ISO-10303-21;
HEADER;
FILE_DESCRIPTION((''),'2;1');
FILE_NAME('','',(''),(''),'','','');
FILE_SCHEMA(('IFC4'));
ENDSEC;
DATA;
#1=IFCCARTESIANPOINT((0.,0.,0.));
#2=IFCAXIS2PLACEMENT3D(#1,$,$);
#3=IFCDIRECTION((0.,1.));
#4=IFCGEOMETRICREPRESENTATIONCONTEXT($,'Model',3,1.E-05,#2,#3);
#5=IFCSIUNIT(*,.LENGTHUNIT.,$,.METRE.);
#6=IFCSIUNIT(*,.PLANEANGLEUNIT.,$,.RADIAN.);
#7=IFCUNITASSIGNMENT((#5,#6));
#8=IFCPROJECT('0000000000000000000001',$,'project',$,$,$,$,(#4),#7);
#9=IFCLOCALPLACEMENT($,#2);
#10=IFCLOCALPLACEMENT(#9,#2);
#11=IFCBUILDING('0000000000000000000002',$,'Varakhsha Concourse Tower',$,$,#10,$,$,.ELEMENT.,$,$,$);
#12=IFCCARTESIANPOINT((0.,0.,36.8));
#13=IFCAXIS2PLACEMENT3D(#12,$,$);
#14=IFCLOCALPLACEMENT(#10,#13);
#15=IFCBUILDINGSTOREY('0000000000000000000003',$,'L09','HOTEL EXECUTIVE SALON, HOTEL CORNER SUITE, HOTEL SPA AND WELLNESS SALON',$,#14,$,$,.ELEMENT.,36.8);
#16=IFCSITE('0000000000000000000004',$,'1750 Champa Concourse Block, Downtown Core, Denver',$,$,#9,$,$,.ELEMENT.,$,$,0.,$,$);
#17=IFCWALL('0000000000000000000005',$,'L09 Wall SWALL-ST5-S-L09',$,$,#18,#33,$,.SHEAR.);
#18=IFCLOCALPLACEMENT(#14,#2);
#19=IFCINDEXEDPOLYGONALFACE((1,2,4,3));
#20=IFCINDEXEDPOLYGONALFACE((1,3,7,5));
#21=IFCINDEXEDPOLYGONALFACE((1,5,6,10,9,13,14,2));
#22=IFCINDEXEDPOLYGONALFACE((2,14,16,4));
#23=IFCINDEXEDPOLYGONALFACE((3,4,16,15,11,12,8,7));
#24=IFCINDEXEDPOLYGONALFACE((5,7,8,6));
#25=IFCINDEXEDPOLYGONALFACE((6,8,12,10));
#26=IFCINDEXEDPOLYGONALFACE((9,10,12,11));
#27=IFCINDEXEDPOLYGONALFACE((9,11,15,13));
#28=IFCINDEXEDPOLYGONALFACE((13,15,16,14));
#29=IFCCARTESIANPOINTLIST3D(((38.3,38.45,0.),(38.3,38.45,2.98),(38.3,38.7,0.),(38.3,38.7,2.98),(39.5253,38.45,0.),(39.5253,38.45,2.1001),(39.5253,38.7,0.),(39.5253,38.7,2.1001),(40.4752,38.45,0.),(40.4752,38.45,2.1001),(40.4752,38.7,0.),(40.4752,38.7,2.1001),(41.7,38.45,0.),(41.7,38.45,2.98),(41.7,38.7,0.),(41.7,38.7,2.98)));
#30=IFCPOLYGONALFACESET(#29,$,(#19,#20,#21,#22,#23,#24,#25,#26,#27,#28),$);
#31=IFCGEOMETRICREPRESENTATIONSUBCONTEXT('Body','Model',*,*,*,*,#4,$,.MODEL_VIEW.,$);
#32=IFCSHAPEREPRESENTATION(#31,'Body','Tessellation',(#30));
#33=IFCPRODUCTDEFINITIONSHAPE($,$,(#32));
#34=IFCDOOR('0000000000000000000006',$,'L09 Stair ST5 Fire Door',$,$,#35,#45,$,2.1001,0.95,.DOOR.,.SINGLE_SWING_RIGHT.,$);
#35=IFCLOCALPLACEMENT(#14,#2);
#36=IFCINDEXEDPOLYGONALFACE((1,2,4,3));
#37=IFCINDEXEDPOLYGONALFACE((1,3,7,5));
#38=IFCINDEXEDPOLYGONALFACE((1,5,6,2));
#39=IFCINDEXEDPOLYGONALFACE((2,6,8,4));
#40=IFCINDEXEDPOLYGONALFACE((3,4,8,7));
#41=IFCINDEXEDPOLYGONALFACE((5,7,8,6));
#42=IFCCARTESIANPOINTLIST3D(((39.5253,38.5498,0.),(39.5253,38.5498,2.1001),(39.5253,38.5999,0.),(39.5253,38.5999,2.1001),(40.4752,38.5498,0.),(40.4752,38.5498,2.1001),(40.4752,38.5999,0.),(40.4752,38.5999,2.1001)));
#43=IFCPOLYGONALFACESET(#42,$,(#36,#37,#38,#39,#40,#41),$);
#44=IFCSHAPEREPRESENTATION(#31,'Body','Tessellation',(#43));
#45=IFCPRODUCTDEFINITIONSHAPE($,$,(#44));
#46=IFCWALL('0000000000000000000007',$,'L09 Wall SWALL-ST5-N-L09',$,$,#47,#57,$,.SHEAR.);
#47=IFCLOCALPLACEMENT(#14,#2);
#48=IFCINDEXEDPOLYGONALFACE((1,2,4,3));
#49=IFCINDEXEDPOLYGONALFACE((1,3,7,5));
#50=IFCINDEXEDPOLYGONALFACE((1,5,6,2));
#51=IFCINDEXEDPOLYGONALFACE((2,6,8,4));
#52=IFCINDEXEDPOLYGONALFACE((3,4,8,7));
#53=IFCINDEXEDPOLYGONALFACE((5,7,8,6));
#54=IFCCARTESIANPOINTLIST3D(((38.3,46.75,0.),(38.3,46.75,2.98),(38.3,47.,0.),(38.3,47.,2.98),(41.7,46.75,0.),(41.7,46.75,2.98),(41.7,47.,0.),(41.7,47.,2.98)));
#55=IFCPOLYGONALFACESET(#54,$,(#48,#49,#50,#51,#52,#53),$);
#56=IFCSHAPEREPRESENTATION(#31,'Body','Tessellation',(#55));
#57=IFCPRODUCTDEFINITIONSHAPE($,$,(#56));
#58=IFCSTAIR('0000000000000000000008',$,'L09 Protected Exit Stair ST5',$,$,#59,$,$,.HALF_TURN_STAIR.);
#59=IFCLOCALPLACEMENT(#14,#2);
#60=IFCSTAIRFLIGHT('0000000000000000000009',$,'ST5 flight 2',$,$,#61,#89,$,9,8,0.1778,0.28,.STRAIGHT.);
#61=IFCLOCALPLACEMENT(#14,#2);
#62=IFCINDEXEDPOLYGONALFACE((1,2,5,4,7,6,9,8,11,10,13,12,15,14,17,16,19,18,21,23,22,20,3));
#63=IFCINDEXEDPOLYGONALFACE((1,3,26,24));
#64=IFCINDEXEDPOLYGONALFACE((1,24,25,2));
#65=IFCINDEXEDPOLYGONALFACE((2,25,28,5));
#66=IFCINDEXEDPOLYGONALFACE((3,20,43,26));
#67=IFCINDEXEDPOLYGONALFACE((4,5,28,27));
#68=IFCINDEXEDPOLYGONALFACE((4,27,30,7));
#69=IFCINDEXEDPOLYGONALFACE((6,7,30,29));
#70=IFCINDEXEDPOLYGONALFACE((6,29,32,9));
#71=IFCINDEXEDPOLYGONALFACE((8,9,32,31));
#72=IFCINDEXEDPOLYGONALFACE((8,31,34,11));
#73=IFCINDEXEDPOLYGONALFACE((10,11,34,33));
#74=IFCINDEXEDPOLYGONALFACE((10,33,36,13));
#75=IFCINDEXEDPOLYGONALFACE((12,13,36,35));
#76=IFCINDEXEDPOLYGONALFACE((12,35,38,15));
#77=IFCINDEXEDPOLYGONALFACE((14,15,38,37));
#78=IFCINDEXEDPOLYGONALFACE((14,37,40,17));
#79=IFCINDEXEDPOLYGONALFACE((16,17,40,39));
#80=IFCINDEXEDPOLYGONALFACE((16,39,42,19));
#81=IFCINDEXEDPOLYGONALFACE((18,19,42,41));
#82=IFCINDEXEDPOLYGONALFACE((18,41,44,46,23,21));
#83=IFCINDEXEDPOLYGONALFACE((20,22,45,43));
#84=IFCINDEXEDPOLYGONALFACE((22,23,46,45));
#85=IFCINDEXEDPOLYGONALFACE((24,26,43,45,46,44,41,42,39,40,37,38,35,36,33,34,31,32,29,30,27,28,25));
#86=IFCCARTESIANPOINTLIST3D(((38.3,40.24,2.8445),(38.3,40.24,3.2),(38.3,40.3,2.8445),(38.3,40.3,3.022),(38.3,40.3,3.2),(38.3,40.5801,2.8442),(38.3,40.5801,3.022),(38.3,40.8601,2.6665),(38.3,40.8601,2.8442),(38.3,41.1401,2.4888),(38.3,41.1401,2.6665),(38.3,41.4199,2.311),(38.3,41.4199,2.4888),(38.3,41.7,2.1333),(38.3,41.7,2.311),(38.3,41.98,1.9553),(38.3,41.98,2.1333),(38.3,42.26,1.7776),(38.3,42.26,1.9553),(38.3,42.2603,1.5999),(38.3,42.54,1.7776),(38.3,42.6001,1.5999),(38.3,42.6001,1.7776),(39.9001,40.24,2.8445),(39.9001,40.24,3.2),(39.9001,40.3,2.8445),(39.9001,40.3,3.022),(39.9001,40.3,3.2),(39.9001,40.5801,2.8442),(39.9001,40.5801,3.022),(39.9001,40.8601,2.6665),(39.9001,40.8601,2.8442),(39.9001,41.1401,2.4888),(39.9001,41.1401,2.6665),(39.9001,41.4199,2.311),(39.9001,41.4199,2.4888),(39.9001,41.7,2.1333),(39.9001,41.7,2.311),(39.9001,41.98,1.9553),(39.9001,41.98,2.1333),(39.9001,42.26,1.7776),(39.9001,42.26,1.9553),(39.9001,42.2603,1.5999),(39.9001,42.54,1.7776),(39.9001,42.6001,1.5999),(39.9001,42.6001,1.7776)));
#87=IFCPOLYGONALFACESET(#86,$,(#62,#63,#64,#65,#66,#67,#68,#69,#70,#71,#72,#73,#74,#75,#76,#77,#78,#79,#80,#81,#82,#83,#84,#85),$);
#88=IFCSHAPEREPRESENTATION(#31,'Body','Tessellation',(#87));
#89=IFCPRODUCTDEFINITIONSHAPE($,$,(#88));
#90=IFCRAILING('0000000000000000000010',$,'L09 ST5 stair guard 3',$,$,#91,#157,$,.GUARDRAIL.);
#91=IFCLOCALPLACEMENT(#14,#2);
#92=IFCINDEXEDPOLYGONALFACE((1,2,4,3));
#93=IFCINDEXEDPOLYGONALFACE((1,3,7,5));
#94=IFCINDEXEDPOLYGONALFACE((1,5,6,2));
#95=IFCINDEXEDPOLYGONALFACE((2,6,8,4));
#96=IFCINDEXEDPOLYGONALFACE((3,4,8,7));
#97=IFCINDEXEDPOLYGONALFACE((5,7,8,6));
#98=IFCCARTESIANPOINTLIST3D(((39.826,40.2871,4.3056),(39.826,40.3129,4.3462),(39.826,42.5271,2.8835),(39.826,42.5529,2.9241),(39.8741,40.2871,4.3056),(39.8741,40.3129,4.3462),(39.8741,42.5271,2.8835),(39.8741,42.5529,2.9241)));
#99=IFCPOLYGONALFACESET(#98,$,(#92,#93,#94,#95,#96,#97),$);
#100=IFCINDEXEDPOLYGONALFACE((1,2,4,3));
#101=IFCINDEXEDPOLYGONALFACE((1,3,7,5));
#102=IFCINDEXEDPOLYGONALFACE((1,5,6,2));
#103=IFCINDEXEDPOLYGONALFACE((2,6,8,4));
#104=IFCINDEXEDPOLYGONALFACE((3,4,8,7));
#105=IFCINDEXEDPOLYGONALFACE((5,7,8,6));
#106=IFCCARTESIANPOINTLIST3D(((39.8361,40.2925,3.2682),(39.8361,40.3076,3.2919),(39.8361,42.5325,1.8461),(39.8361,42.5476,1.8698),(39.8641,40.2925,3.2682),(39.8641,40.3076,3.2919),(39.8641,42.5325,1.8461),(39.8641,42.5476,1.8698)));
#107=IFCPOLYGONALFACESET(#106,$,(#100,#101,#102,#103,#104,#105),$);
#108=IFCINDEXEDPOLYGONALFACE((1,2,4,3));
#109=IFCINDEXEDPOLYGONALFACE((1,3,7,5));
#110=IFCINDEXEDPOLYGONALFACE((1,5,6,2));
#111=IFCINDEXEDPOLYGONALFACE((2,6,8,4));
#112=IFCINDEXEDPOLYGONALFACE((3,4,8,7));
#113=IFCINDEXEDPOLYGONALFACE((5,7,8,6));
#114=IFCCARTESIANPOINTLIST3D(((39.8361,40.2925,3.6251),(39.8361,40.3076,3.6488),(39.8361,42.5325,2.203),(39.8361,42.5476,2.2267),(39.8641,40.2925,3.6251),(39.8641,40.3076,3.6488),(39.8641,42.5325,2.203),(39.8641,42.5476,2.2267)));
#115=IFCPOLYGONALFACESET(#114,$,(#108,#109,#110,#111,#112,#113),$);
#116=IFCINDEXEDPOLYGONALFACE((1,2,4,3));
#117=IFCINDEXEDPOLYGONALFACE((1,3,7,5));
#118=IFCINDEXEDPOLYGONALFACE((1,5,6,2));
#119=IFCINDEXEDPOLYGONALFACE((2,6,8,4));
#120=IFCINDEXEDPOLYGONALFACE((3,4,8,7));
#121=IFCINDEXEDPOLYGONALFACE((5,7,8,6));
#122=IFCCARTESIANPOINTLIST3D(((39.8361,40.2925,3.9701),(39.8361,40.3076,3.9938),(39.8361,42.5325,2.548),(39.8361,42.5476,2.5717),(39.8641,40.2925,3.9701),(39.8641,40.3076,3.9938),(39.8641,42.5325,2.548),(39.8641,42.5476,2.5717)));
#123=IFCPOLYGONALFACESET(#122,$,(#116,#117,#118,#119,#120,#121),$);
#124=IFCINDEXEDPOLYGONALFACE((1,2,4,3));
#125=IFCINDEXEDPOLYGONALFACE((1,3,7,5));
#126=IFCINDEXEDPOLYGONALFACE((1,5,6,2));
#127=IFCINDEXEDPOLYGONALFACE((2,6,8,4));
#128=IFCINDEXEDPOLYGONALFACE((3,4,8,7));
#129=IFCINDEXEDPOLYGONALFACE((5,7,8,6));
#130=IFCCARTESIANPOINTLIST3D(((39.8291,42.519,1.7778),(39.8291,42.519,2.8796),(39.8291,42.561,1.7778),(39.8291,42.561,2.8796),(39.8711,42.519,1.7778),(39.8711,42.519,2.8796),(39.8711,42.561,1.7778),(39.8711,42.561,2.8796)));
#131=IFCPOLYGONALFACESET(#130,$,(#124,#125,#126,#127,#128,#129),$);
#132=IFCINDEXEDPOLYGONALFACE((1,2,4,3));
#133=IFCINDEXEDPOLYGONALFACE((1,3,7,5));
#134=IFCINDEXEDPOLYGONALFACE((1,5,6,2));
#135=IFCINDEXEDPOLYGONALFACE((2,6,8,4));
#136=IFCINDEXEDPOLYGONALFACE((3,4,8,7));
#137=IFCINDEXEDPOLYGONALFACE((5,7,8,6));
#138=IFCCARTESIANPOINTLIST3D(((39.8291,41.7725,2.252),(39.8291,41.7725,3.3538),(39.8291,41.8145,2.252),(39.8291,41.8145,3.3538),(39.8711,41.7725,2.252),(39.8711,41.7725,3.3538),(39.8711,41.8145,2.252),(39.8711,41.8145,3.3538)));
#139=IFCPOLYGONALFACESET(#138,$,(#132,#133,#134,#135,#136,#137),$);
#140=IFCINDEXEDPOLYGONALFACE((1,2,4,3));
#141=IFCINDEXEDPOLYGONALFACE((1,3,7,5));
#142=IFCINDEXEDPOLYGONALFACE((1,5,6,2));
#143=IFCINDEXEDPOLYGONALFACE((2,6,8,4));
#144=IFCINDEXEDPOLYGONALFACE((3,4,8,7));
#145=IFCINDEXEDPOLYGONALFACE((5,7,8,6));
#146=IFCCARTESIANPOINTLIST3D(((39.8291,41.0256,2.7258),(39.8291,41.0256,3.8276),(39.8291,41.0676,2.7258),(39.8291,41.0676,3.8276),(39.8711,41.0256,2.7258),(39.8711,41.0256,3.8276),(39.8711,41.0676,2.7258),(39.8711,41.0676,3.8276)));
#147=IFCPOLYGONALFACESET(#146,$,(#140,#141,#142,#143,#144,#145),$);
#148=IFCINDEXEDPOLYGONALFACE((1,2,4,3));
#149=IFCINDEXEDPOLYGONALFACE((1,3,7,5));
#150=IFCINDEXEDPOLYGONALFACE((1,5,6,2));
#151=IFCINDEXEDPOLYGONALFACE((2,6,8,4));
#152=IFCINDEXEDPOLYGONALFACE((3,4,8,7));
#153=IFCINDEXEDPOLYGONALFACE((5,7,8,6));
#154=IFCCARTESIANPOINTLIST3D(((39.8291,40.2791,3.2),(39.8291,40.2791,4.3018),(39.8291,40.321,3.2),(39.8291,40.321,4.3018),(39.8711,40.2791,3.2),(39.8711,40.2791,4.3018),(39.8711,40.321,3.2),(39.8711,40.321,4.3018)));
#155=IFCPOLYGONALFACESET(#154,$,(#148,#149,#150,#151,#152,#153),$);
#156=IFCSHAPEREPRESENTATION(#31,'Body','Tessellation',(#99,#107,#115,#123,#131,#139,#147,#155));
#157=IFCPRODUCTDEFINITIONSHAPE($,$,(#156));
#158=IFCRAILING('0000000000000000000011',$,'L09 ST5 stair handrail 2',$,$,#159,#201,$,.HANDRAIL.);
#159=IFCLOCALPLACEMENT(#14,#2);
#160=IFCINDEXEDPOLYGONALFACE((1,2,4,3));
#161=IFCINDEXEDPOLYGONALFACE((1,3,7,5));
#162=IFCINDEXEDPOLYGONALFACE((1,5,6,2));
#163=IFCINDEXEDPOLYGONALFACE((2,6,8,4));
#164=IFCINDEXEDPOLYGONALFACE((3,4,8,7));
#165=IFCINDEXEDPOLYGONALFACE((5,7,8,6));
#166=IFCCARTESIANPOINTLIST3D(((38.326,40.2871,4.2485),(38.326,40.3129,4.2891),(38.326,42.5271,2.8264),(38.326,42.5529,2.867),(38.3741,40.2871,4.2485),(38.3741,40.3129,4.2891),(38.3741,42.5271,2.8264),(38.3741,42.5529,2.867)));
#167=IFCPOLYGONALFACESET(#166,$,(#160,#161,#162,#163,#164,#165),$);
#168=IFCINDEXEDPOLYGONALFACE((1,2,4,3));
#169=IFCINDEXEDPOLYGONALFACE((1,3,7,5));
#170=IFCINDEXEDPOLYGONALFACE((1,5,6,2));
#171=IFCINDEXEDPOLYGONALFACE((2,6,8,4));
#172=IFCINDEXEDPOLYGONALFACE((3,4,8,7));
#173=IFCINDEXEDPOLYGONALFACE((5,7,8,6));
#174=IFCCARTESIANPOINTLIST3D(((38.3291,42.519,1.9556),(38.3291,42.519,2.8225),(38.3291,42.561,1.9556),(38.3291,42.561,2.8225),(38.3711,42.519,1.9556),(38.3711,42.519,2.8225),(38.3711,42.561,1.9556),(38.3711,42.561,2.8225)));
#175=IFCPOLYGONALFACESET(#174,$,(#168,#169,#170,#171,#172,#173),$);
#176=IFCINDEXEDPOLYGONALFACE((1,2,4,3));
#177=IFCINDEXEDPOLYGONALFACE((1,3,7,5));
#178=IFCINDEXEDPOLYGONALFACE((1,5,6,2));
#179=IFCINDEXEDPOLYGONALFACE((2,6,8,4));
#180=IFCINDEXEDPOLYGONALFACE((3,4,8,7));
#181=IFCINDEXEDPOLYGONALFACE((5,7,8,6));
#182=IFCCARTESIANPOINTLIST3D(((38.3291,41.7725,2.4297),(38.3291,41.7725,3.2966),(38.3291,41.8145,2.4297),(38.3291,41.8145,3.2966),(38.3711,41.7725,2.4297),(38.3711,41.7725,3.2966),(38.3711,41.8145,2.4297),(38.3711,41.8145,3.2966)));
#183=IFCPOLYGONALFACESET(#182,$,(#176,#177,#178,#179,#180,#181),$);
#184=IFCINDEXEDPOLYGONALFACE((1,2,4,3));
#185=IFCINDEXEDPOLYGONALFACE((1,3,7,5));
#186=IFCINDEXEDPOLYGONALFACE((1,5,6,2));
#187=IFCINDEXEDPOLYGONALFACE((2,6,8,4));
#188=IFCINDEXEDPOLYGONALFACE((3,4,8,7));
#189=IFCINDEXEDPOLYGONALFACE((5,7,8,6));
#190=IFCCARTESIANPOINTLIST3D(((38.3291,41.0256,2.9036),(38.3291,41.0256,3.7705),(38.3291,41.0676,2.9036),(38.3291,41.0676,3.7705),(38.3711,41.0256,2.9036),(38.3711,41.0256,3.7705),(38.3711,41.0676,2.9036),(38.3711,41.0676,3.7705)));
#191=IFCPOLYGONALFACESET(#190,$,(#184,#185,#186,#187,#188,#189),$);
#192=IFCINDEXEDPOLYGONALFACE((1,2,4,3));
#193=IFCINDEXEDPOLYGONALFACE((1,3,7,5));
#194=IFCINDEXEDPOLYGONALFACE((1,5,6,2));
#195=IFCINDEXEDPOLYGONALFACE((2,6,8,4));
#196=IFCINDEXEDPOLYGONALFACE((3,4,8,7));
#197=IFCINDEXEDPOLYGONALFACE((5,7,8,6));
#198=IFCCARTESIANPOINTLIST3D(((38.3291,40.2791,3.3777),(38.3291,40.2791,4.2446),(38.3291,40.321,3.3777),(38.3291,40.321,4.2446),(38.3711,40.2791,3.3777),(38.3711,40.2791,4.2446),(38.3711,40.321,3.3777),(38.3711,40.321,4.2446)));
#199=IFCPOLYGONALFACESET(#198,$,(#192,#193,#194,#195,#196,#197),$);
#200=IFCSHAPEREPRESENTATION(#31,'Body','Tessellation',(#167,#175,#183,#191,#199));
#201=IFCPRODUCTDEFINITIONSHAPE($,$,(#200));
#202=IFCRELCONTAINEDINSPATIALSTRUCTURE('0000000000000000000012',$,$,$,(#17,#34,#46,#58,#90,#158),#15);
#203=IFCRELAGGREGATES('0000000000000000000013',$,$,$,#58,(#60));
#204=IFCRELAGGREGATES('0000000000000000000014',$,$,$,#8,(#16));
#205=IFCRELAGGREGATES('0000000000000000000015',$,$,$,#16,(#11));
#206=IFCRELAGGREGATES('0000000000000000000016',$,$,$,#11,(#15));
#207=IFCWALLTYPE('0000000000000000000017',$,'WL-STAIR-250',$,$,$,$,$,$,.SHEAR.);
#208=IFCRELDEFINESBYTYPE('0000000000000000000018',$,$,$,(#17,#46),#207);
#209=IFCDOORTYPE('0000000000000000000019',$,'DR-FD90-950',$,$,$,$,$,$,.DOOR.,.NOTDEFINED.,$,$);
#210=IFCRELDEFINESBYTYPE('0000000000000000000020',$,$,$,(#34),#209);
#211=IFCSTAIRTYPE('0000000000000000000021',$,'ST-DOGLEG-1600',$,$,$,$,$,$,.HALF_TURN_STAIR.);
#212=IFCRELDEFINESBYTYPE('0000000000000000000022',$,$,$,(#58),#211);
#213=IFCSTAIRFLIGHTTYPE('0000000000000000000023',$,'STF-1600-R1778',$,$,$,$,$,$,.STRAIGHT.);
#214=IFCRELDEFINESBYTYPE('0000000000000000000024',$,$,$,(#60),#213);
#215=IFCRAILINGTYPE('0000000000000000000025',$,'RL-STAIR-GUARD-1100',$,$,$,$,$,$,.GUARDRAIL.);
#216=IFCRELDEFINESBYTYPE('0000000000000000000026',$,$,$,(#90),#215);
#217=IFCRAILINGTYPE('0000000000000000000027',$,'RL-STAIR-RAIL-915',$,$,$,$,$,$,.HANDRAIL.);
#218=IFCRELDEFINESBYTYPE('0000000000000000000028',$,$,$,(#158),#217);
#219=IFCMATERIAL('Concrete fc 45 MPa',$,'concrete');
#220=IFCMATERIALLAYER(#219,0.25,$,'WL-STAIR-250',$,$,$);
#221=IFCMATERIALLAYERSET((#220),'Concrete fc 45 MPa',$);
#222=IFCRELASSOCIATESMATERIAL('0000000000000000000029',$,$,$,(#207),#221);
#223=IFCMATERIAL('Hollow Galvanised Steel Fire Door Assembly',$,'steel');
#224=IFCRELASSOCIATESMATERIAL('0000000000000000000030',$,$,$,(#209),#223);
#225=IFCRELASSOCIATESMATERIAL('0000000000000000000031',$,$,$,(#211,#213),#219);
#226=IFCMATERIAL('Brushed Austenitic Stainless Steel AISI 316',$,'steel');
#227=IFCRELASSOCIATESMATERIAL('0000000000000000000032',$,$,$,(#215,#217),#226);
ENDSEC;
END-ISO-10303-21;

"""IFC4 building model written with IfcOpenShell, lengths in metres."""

from ifc_helpers import new_model, si_unit, direction, frame, frame_2d, origin, origin_2d, place, context, subcontext, project, spatial, polyline, rectangle, outline, extrude, material, layer, layer_set, type_object, element, fill, aggregate, save


model = new_model("IFC4")

# Units and contexts
model_context = context("Model", 3, precision=1e-05, world=origin(), true_north=direction((0.0, 1.0)))
body_context = subcontext(model_context, "Body", "Model", "MODEL_VIEW")
ifc_project = project(units=[si_unit("LENGTHUNIT", "METRE"), si_unit("PLANEANGLEUNIT", "RADIAN")], contexts=[model_context])

# Site, building, storey
site_placement = place(None, origin())
site = spatial("IfcSite", under=ifc_project, at=site_placement, Name="1750 Champa Concourse Block, Downtown Core, Denver", CompositionType="ELEMENT", RefElevation=0.0)
building_placement = place(site_placement, origin())
building = spatial("IfcBuilding", under=site, at=building_placement, Name="Varakhsha Concourse Tower", CompositionType="ELEMENT")
storey_placement = place(building_placement, frame((0.0, 0.0, 36.8)))
storey = spatial("IfcBuildingStorey", under=building, at=storey_placement, Name="L09", Description="HOTEL EXECUTIVE SALON, HOTEL CORNER SUITE, HOTEL SPA AND WELLNESS SALON", CompositionType="ELEMENT", Elevation=36.8)

# Shared definitions
ifc_material_1 = material(Name="Concrete fc 45 MPa", Category="concrete")

# Shared definitions
ifc_material_2 = material(Name="Hollow Galvanised Steel Fire Door Assembly", Category="steel")

# Shared definitions
ifc_layer_1 = layer(ifc_material_1, 0.25, Name="WL-STAIR-250")
ifc_layer_set_1 = layer_set([ifc_layer_1], Name="Concrete fc 45 MPa")
wall_type_1 = type_object("IfcWallType", Name="WL-STAIR-250", PredefinedType="SHEAR", material=ifc_layer_set_1)

# Wall, opening, door
wall_1_placement = place(storey_placement, frame((38.3, 38.575, 0.0), z_axis=(0.0, 0.0, 1.0), x_axis=(1.0, 0.0, 0.0)))
wall_1 = element("IfcWall", 1, at=wall_1_placement, inside=storey, type_object=wall_type_1, Name="L09 Wall SWALL-ST5-S-L09", PredefinedType="SHEAR", context=body_context, shape_type="SweptSolid", body=[
    extrude(rectangle(XDim=3.3999, YDim=0.25, at=frame_2d((1.7, 0.0))), origin(), (0.0, 0.0, 1.0), 2.98),
])
opening_1_placement = place(wall_1_placement, frame((1.2251, 0.0, 0.0)))
opening_1 = element("IfcOpeningElement", 2, at=opening_1_placement, cuts=wall_1, PredefinedType="OPENING", context=body_context, shape_type="SweptSolid", body=[
    extrude(rectangle(XDim=0.95, YDim=2.1001, at=frame_2d((0.4751, 1.05))), frame((0.0, 0.135, 0.0), z_axis=(0.0, -1.0, 0.0), x_axis=(1.0, 0.0, 0.0)), (0.0, 0.0, 1.0), 0.27),
])
door_type_1 = type_object("IfcDoorType", Name="DR-FD90-950", OperationType="NOTDEFINED", PredefinedType="DOOR", material=ifc_material_2)
door_1_placement = place(opening_1_placement, origin())
door_1 = element("IfcDoor", 3, at=door_1_placement, inside=storey, type_object=door_type_1, Name="L09 Stair ST5 Fire Door", OperationType="SINGLE_SWING_RIGHT", OverallHeight=2.1001, OverallWidth=0.95, PredefinedType="DOOR", context=body_context, shape_type="SweptSolid", body=[
    extrude(rectangle(XDim=0.95, YDim=2.1001, at=frame_2d((0.4751, 1.05))), frame((0.0, 0.0249, 0.0), z_axis=(0.0, -1.0, 0.0), x_axis=(1.0, 0.0, 0.0)), (0.0, 0.0, 1.0), 0.05),
])
fill(opening_1, door_1)

# Wall
wall_2_placement = place(storey_placement, frame((38.3, 46.875, 0.0), z_axis=(0.0, 0.0, 1.0), x_axis=(1.0, 0.0, 0.0)))
element("IfcWall", 4, at=wall_2_placement, inside=storey, type_object=wall_type_1, Name="L09 Wall SWALL-ST5-N-L09", PredefinedType="SHEAR", context=body_context, shape_type="SweptSolid", body=[
    extrude(rectangle(XDim=3.3999, YDim=0.25, at=frame_2d((1.7, 0.0))), origin(), (0.0, 0.0, 1.0), 2.98),
])

# Stair, stair flight
stair_type = type_object("IfcStairType", Name="ST-DOGLEG-1600", PredefinedType="HALF_TURN_STAIR", material=ifc_material_1)
stair_placement = place(storey_placement, origin())
stair = element("IfcStair", 5, at=stair_placement, inside=storey, type_object=stair_type, Name="L09 Protected Exit Stair ST5", PredefinedType="HALF_TURN_STAIR")
stair_flight_type = type_object("IfcStairFlightType", Name="STF-1600-R1778", PredefinedType="STRAIGHT", material=ifc_material_1)
stair_flight_placement = place(storey_placement, frame((39.1001, 42.54, 1.5999), z_axis=(0.0, 0.0, 1.0), x_axis=(0.0, -1.0, 0.0)))
stair_flight = element("IfcStairFlight", 6, at=stair_flight_placement, type_object=stair_flight_type, Name="ST5 flight 2", NumberOfRisers=9, NumberOfTreads=8, PredefinedType="STRAIGHT", RiserHeight=0.1778, TreadLength=0.28, context=body_context, shape_type="SweptSolid", body=[
    extrude(outline(polyline([(-0.0601, 0.0), (-0.0601, 0.1777), (0.0, 0.1777), (0.28, 0.1777), (0.28, 0.3555), (0.5601, 0.3555), (0.5601, 0.5334), (0.8401, 0.5334), (0.8401, 0.7112), (1.1201, 0.7112), (1.1201, 0.8889), (1.3999, 0.8889), (1.3999, 1.0667), (1.6799, 1.0667), (1.6799, 1.2444), (1.96, 1.2444), (1.96, 1.4221), (2.24, 1.4221), (2.24, 1.6001), (2.3, 1.6001), (2.3, 1.2446), (2.24, 1.2446), (0.2798, 0.0), (-0.0601, 0.0)])), frame((0.0, 0.8, 0.0), z_axis=(0.0, -1.0, 0.0), x_axis=(1.0, 0.0, 0.0)), (0.0, 0.0, 1.0), 1.6001),
])
aggregate(stair, [stair_flight])

# Railings
ifc_material_3 = material(Name="Brushed Austenitic Stainless Steel AISI 316", Category="steel")
railing_type_1 = type_object("IfcRailingType", Name="RL-STAIR-GUARD-1100", PredefinedType="GUARDRAIL", material=ifc_material_3)
railing_1_placement = place(storey_placement, frame((39.8501, 42.54, 1.7778)))
element("IfcRailing", 7, at=railing_1_placement, inside=storey, type_object=railing_type_1, Name="L09 ST5 stair guard 3", PredefinedType="GUARDRAIL", context=body_context, shape_type="SweptSolid", body=[
    extrude(rectangle(XDim=0.0481, YDim=0.0481, at=origin_2d()), frame((0.0, 0.0, 1.126), z_axis=(0.0, -0.844229, 0.535982), x_axis=(1.0, 0.0, 0.0)), (0.0, 0.0, 1.0), 2.6533),
    extrude(rectangle(XDim=0.0281, YDim=0.0281, at=origin_2d()), frame((0.0, 0.0, 0.0801), z_axis=(0.0, -0.844229, 0.535982), x_axis=(1.0, 0.0, 0.0)), (0.0, 0.0, 1.0), 2.6533),
    extrude(rectangle(XDim=0.0281, YDim=0.0281, at=origin_2d()), frame((0.0, 0.0, 0.437), z_axis=(0.0, -0.844229, 0.535982), x_axis=(1.0, 0.0, 0.0)), (0.0, 0.0, 1.0), 2.6533),
    extrude(rectangle(XDim=0.0281, YDim=0.0281, at=origin_2d()), frame((0.0, 0.0, 0.782), z_axis=(0.0, -0.844229, 0.535982), x_axis=(1.0, 0.0, 0.0)), (0.0, 0.0, 1.0), 2.6533),
    extrude(rectangle(XDim=0.042, YDim=0.042, at=origin_2d()), origin(), (0.0, 0.0, 1.0), 1.1018),
    extrude(rectangle(XDim=0.042, YDim=0.042, at=origin_2d()), frame((0.0, -0.7466, 0.4741)), (0.0, 0.0, 1.0), 1.1018),
    extrude(rectangle(XDim=0.042, YDim=0.042, at=origin_2d()), frame((0.0, -1.4934, 0.948)), (0.0, 0.0, 1.0), 1.1018),
    extrude(rectangle(XDim=0.042, YDim=0.042, at=origin_2d()), frame((0.0, -2.24, 1.4221)), (0.0, 0.0, 1.0), 1.1018),
])
railing_type_2 = type_object("IfcRailingType", Name="RL-STAIR-RAIL-915", PredefinedType="HANDRAIL", material=ifc_material_3)
railing_2_placement = place(storey_placement, frame((38.3501, 42.54, 1.9556)))
element("IfcRailing", 8, at=railing_2_placement, inside=storey, type_object=railing_type_2, Name="L09 ST5 stair handrail 2", PredefinedType="HANDRAIL", context=body_context, shape_type="SweptSolid", body=[
    extrude(rectangle(XDim=0.0481, YDim=0.0481, at=origin_2d()), frame((0.0, 0.0, 0.8911), z_axis=(0.0, -0.844229, 0.535982), x_axis=(1.0, 0.0, 0.0)), (0.0, 0.0, 1.0), 2.6533),
    extrude(rectangle(XDim=0.042, YDim=0.042, at=origin_2d()), origin(), (0.0, 0.0, 1.0), 0.8669),
    extrude(rectangle(XDim=0.042, YDim=0.042, at=origin_2d()), frame((0.0, -0.7466, 0.4741)), (0.0, 0.0, 1.0), 0.8669),
    extrude(rectangle(XDim=0.042, YDim=0.042, at=origin_2d()), frame((0.0, -1.4934, 0.948)), (0.0, 0.0, 1.0), 0.8669),
    extrude(rectangle(XDim=0.042, YDim=0.042, at=origin_2d()), frame((0.0, -2.24, 1.4221)), (0.0, 0.0, 1.0), 0.8669),
])

save(model, "model.ifc")
